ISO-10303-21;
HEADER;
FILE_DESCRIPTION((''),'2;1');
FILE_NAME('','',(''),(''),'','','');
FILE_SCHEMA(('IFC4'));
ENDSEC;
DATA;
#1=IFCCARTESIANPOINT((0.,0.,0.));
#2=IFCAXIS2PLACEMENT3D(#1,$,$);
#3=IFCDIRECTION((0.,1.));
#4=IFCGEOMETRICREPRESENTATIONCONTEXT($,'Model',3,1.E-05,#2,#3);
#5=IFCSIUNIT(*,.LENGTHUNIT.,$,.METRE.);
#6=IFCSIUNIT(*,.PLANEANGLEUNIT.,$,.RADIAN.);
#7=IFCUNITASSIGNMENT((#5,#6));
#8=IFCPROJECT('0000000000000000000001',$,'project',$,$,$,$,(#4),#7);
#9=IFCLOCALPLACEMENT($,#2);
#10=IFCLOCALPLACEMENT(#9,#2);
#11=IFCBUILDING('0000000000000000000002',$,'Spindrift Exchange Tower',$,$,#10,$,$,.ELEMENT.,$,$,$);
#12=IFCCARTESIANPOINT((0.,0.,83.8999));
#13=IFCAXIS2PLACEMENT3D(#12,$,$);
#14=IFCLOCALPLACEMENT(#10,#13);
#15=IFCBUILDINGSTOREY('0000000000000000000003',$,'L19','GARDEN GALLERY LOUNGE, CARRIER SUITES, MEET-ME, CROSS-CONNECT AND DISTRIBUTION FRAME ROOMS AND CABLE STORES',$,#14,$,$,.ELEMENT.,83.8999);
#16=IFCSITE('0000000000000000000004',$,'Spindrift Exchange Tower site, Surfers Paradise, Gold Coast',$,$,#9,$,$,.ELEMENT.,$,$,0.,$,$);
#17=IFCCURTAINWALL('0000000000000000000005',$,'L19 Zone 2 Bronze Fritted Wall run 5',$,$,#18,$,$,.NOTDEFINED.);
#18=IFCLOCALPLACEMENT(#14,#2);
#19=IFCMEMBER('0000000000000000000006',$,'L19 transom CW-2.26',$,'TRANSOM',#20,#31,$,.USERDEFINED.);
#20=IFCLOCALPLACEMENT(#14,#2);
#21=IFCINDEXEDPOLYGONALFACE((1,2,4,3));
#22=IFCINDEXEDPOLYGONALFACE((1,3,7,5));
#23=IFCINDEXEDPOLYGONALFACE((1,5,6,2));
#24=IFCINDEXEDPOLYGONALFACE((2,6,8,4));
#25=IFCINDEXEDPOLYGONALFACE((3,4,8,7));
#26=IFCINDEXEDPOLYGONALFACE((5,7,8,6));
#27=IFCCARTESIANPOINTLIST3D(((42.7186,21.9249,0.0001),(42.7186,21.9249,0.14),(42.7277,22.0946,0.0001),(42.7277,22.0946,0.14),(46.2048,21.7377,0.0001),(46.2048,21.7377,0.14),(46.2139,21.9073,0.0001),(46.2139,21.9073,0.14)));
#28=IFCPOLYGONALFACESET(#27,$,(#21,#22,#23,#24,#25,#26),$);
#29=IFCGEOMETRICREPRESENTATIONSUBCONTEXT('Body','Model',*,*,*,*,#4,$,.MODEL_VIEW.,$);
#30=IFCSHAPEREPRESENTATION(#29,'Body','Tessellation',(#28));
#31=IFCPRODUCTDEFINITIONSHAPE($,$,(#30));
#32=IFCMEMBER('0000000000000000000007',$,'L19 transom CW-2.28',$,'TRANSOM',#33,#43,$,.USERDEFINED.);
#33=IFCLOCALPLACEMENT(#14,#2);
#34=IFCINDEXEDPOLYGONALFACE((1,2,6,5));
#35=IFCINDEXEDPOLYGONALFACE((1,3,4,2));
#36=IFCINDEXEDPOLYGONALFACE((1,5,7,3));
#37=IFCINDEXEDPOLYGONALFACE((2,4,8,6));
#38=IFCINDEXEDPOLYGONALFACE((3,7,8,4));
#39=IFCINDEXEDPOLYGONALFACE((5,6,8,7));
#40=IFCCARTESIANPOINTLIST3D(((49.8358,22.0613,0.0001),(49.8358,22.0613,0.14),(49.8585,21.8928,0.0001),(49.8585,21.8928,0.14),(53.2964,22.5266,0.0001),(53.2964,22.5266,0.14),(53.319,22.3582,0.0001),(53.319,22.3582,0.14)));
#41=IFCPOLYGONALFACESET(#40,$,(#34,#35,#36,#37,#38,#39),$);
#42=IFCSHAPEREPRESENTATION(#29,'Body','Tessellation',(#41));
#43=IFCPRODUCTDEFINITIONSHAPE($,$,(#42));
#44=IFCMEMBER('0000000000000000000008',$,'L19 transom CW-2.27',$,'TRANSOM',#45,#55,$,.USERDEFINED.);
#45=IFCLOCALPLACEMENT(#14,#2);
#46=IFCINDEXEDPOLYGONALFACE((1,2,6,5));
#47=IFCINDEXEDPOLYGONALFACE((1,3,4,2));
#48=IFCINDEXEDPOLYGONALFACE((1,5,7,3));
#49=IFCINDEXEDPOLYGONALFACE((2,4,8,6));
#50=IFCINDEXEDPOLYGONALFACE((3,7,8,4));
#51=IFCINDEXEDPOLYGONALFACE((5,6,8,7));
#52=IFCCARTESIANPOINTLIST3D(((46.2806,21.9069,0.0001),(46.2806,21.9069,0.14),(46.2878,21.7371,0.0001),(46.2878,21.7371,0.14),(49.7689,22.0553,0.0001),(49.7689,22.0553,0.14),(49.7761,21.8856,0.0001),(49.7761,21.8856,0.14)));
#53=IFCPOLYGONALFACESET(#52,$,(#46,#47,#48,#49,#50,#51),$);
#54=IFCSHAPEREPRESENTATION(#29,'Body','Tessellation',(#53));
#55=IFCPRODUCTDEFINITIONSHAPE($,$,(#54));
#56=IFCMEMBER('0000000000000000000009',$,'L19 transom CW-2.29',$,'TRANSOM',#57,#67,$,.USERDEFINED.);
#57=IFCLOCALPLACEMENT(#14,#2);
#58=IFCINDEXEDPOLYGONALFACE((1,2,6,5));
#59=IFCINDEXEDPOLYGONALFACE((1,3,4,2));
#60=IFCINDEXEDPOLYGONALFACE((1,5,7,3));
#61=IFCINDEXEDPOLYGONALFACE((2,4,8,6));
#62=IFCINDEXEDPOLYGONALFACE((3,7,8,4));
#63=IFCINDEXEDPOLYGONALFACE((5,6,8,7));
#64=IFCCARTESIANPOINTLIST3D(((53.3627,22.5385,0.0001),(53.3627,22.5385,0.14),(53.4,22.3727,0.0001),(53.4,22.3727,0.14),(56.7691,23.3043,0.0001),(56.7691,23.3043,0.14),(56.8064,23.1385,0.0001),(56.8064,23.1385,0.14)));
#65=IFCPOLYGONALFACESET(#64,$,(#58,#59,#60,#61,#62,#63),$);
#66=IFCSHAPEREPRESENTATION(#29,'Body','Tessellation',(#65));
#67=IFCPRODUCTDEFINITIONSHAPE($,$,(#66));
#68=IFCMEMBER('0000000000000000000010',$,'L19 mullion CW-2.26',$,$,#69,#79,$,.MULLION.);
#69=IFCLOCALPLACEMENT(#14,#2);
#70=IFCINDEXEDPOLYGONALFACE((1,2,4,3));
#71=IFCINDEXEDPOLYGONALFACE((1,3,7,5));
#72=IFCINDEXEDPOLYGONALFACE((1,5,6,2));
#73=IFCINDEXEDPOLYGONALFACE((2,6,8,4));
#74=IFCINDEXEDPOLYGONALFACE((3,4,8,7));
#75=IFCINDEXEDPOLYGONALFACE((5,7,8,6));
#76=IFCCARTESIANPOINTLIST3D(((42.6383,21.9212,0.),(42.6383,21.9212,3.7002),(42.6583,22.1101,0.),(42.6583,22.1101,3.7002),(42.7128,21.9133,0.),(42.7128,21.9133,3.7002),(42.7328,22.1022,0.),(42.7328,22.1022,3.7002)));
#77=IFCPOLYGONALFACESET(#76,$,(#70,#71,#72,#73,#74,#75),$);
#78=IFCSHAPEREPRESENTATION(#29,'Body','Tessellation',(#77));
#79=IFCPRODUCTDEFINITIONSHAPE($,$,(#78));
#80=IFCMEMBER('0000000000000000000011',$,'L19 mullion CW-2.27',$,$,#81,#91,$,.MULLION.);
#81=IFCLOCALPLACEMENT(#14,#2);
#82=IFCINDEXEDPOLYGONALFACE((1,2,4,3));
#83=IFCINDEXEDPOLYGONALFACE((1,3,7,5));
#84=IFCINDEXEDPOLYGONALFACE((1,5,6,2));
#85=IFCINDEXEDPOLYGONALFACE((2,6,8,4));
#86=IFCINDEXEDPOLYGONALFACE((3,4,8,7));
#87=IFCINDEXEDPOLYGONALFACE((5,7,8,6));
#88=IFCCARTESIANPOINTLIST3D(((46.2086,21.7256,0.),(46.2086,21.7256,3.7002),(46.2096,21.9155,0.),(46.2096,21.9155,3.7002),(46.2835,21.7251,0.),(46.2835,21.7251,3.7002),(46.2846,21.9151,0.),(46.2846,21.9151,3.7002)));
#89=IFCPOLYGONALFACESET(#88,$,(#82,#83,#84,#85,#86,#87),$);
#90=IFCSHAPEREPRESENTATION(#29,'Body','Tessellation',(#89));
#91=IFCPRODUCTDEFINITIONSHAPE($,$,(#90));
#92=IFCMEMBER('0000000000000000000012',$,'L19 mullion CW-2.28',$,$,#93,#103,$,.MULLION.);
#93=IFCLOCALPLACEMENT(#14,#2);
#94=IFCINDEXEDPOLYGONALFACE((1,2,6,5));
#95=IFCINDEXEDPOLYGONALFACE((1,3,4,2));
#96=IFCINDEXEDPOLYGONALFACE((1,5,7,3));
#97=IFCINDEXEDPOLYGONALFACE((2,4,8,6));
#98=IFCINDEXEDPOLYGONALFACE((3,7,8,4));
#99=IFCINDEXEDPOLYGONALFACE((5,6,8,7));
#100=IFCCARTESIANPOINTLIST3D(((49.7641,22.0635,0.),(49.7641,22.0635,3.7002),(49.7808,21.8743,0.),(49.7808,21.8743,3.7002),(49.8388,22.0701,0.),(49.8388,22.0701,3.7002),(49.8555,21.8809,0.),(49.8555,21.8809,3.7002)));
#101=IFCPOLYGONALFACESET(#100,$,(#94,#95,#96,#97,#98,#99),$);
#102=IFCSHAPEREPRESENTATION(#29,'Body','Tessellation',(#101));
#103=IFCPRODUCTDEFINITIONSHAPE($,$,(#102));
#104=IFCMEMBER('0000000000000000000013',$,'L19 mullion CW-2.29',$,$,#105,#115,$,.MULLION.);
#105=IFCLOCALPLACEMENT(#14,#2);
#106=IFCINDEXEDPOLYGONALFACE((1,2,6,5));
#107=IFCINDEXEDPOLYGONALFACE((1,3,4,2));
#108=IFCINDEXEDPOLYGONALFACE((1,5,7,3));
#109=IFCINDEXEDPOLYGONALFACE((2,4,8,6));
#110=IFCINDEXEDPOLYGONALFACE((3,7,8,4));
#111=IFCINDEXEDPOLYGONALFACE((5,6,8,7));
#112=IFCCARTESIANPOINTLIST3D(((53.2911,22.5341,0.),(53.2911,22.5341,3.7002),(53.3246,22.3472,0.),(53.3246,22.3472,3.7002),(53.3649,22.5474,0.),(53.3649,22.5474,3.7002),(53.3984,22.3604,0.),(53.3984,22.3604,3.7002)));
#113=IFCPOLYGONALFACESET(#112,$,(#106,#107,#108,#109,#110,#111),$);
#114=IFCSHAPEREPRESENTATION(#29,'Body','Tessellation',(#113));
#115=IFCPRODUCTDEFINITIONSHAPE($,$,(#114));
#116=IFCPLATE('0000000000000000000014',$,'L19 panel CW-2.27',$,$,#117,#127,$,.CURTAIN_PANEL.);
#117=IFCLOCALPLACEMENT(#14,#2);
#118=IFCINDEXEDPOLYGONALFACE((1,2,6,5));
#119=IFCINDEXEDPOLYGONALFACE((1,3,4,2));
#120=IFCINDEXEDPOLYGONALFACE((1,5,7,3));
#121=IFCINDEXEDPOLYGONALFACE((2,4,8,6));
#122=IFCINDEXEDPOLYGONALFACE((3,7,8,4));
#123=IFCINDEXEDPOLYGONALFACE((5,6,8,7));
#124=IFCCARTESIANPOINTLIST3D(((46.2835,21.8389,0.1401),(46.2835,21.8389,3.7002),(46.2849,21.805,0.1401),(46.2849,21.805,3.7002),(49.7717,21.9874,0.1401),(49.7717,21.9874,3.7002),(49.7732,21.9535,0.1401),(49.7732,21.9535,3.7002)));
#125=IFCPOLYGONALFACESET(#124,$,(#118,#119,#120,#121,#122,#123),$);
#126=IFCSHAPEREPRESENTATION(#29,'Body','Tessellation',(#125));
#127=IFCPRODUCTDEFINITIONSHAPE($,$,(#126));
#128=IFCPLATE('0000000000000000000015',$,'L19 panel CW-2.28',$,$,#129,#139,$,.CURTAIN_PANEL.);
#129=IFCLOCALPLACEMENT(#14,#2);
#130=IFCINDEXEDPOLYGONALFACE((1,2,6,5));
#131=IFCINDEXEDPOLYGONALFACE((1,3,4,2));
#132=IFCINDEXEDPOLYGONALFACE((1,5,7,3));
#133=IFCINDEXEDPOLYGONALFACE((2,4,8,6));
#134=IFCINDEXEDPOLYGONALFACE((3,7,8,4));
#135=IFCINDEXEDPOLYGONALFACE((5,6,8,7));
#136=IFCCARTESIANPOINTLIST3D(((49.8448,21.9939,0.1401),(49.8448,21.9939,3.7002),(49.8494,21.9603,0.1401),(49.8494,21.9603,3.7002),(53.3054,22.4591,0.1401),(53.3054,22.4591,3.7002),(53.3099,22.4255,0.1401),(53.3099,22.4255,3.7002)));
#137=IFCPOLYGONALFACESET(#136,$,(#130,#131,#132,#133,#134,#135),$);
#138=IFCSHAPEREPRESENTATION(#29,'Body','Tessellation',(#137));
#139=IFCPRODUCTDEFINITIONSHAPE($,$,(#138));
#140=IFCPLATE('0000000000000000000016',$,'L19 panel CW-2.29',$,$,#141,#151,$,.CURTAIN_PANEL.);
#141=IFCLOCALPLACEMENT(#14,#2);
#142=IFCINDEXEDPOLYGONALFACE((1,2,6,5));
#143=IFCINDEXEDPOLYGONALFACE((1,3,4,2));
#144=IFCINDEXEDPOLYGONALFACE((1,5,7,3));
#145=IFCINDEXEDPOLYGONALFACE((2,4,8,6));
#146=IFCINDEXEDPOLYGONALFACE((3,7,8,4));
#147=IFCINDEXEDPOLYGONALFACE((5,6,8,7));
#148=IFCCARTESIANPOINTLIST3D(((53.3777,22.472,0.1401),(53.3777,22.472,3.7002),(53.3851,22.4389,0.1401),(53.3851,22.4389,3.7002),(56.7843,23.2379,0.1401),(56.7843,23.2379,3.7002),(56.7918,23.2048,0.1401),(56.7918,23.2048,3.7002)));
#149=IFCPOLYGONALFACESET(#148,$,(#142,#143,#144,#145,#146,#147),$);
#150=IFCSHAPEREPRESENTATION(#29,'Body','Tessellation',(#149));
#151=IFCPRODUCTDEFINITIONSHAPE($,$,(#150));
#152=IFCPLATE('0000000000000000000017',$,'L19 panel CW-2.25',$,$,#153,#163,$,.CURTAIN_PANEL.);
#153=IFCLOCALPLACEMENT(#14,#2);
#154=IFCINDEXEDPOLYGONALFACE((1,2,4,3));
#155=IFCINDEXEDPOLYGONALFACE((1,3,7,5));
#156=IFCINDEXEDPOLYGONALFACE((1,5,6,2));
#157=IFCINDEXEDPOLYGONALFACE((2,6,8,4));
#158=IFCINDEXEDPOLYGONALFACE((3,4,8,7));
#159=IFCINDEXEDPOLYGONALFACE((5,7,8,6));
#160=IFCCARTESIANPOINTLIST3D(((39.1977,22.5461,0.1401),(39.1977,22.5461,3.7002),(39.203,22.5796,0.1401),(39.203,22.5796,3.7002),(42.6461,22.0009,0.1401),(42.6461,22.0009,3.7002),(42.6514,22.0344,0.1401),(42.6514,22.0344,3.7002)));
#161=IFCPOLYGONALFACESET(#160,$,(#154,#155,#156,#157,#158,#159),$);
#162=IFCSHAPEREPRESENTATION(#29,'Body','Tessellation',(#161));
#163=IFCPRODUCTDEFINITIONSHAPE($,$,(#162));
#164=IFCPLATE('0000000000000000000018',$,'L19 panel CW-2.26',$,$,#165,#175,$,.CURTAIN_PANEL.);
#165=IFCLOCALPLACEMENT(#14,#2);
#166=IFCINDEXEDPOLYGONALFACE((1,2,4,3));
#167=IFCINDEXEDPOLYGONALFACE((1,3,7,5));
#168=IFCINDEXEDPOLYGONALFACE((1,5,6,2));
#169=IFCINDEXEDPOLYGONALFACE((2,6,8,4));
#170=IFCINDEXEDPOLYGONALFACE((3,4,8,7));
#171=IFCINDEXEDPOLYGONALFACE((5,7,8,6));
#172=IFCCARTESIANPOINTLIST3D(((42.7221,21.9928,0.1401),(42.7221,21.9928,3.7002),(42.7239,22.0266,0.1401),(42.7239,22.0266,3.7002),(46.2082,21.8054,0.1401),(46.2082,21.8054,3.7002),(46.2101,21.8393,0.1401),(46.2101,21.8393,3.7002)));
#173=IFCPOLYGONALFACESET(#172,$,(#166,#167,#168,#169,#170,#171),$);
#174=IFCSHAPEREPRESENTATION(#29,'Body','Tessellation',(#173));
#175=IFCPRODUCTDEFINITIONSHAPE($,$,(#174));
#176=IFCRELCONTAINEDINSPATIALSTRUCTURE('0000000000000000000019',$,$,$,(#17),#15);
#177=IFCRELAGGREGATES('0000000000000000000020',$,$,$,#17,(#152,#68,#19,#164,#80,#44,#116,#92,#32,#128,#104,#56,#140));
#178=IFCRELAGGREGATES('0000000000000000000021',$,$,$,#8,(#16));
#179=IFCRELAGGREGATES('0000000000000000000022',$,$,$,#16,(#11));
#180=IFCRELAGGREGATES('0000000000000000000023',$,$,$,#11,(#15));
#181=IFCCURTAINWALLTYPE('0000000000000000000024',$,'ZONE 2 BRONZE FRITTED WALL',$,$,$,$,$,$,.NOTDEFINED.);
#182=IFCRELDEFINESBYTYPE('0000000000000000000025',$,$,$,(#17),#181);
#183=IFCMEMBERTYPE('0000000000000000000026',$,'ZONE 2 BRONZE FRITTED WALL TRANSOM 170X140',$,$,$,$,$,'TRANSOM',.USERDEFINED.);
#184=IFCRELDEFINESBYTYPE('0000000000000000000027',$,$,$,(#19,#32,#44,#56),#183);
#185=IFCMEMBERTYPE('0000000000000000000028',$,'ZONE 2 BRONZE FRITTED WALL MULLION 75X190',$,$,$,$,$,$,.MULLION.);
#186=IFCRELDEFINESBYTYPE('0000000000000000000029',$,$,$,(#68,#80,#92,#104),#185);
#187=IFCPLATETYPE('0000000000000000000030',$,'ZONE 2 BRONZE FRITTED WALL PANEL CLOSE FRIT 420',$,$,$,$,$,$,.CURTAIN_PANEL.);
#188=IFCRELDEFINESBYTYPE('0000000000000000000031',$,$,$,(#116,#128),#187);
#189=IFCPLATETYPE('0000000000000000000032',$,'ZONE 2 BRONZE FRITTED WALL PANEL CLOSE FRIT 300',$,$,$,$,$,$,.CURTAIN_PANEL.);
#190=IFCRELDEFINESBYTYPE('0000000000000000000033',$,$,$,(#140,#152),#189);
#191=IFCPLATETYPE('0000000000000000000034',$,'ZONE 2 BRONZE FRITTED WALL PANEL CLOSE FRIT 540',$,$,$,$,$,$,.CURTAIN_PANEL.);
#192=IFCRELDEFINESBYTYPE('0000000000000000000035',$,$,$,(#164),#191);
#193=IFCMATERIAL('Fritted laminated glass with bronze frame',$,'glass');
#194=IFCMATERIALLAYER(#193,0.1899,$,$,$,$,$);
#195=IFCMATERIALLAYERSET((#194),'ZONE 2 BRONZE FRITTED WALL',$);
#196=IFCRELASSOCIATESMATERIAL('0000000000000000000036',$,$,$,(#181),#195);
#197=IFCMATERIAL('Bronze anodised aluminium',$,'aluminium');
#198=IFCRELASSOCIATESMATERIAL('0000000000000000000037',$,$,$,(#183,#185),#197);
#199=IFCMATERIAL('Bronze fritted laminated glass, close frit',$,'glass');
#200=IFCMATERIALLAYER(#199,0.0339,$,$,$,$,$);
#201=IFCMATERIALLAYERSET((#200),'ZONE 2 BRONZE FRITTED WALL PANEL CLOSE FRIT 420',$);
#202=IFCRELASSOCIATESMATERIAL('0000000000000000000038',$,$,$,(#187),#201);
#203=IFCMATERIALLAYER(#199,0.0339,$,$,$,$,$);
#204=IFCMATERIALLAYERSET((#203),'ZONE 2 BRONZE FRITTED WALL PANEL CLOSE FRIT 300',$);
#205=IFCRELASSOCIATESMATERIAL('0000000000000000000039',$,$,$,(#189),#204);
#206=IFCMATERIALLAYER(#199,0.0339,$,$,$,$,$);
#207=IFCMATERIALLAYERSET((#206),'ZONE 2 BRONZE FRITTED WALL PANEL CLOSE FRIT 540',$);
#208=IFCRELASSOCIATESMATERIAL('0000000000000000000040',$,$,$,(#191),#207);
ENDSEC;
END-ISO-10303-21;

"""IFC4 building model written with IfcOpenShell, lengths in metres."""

from ifc_helpers import new_model, si_unit, direction, frame, origin, origin_2d, place, context, subcontext, project, spatial, rectangle, extrude, source, transform, mapped, material, layer, layer_set, material_profile, profile_set, type_object, element, aggregate, save


model = new_model("IFC4")

# Units and contexts
model_context = context("Model", 3, precision=1e-05, world=origin(), true_north=direction((0.0, 1.0)))
body_context = subcontext(model_context, "Body", "Model", "MODEL_VIEW")
ifc_project = project(units=[si_unit("LENGTHUNIT", "METRE"), si_unit("PLANEANGLEUNIT", "RADIAN")], contexts=[model_context])

# Site, building, storey
site_placement = place(None, origin())
site = spatial("IfcSite", under=ifc_project, at=site_placement, Name="Spindrift Exchange Tower site, Surfers Paradise, Gold Coast", CompositionType="ELEMENT", RefElevation=0.0)
building_placement = place(site_placement, origin())
building = spatial("IfcBuilding", under=site, at=building_placement, Name="Spindrift Exchange Tower", CompositionType="ELEMENT")
storey_placement = place(building_placement, frame((0.0, 0.0, 83.8999)))
storey = spatial("IfcBuildingStorey", under=building, at=storey_placement, Name="L19", Description="GARDEN GALLERY LOUNGE, CARRIER SUITES, MEET-ME, CROSS-CONNECT AND DISTRIBUTION FRAME ROOMS AND CABLE STORES", CompositionType="ELEMENT", Elevation=83.8999)

# Curtain wall, members, plates
ifc_material_1 = material(Name="Fritted laminated glass with bronze frame", Category="glass")
ifc_layer_1 = layer(ifc_material_1, 0.1899)
ifc_layer_set_1 = layer_set([ifc_layer_1], Name="ZONE 2 BRONZE FRITTED WALL")
curtain_wall_type = type_object("IfcCurtainWallType", Name="ZONE 2 BRONZE FRITTED WALL", PredefinedType="NOTDEFINED", material=ifc_layer_set_1)
curtain_wall_placement = place(storey_placement, origin())
curtain_wall = element("IfcCurtainWall", 1, at=curtain_wall_placement, inside=storey, type_object=curtain_wall_type, Name="L19 Zone 2 Bronze Fritted Wall run 5", PredefinedType="NOTDEFINED")
ifc_material_2 = material(Name="Bronze anodised aluminium", Category="aluminium")
ifc_material_profile_1 = material_profile(ifc_material_2, rectangle(XDim=0.1699, YDim=0.1399, at=origin_2d()), Name="ZONE 2 BRONZE FRITTED WALL TRANSOM 170X140")
ifc_profile_set_1 = profile_set([ifc_material_profile_1], Name="Bronze anodised aluminium")
member_type_1 = type_object("IfcMemberType", Name="ZONE 2 BRONZE FRITTED WALL TRANSOM 170X140", ElementType="TRANSOM", PredefinedType="USERDEFINED", material=ifc_profile_set_1)
shared_shape_1 = source(origin(), body_context, "Body", "SweptSolid", [
    extrude(rectangle(XDim=0.1699, YDim=0.1399, at=origin_2d()), origin(), (0.0, 0.0, 1.0), 3.4912),
])
member_1_placement = place(storey_placement, frame((42.7231, 22.0098, 0.0701), z_axis=(0.99856, -0.053638, 0.0), x_axis=(0.053638, 0.99856, 0.0)))
member_1 = element("IfcMember", 2, at=member_1_placement, type_object=member_type_1, Name="L19 transom CW-2.26", ObjectType="TRANSOM", PredefinedType="USERDEFINED", context=body_context, shape_type="MappedRepresentation", body=[
    mapped(shared_shape_1, transform((0.0, 0.0, 0.0), scale=1.0)),
])
shared_shape_2 = source(origin(), body_context, "Body", "SweptSolid", [
    extrude(rectangle(XDim=0.1699, YDim=0.1399, at=origin_2d()), origin(), (0.0, 0.0, 1.0), 3.4917),
])
member_2_placement = place(storey_placement, frame((49.8472, 21.9771, 0.0701), z_axis=(0.991079, 0.133272, 0.0), x_axis=(-0.133272, 0.991079, 0.0)))
member_2 = element("IfcMember", 3, at=member_2_placement, type_object=member_type_1, Name="L19 transom CW-2.28", ObjectType="TRANSOM", PredefinedType="USERDEFINED", context=body_context, shape_type="MappedRepresentation", body=[
    mapped(shared_shape_2, transform((0.0, 0.0, 0.0), scale=1.0)),
])
shared_shape_3 = source(origin(), body_context, "Body", "SweptSolid", [
    extrude(rectangle(XDim=0.1699, YDim=0.1399, at=origin_2d()), origin(), (0.0, 0.0, 1.0), 3.4915),
])
member_3_placement = place(storey_placement, frame((46.2842, 21.822, 0.0701), z_axis=(0.999096, 0.042515, 0.0), x_axis=(-0.042515, 0.999096, 0.0)))
member_3 = element("IfcMember", 4, at=member_3_placement, type_object=member_type_1, Name="L19 transom CW-2.27", ObjectType="TRANSOM", PredefinedType="USERDEFINED", context=body_context, shape_type="MappedRepresentation", body=[
    mapped(shared_shape_3, transform((0.0, 0.0, 0.0), scale=1.0)),
])
member_4_placement = place(storey_placement, frame((53.3813, 22.4556, 0.0701), z_axis=(0.975646, 0.219351, 0.0), x_axis=(-0.219351, 0.975646, 0.0)))
member_4 = element("IfcMember", 5, at=member_4_placement, type_object=member_type_1, Name="L19 transom CW-2.29", ObjectType="TRANSOM", PredefinedType="USERDEFINED", context=body_context, shape_type="MappedRepresentation", body=[
    mapped(shared_shape_3, transform((0.0, 0.0, 0.0), scale=1.0)),
])
ifc_material_profile_2 = material_profile(ifc_material_2, rectangle(XDim=0.075, YDim=0.1899, at=origin_2d()), Name="ZONE 2 BRONZE FRITTED WALL MULLION 75X190")
ifc_profile_set_2 = profile_set([ifc_material_profile_2], Name="Bronze anodised aluminium")
member_type_2 = type_object("IfcMemberType", Name="ZONE 2 BRONZE FRITTED WALL MULLION 75X190", PredefinedType="MULLION", material=ifc_profile_set_2)
shared_shape_4 = source(origin(), body_context, "Body", "SweptSolid", [
    extrude(rectangle(XDim=0.075, YDim=0.1899, at=origin_2d()), origin(), (0.0, 0.0, 1.0), 3.7002),
])
member_5_placement = place(storey_placement, frame((42.6855, 22.0117, 0.0), z_axis=(0.0, 0.0, 1.0), x_axis=(0.994466, -0.105058, 0.0)))
member_5 = element("IfcMember", 6, at=member_5_placement, type_object=member_type_2, Name="L19 mullion CW-2.26", PredefinedType="MULLION", context=body_context, shape_type="MappedRepresentation", body=[
    mapped(shared_shape_4, transform((0.0, 0.0, 0.0), scale=1.0)),
])
member_6_placement = place(storey_placement, frame((46.2466, 21.8203, 0.0), z_axis=(0.0, 0.0, 1.0), x_axis=(0.999984, -0.005574, 0.0)))
member_6 = element("IfcMember", 7, at=member_6_placement, type_object=member_type_2, Name="L19 mullion CW-2.27", PredefinedType="MULLION", context=body_context, shape_type="MappedRepresentation", body=[
    mapped(shared_shape_4, transform((0.0, 0.0, 0.0), scale=1.0)),
])
member_7_placement = place(storey_placement, frame((49.8098, 21.9722, 0.0), z_axis=(0.0, 0.0, 1.0), x_axis=(0.996122, 0.087977, 0.0)))
member_7 = element("IfcMember", 8, at=member_7_placement, type_object=member_type_2, Name="L19 mullion CW-2.28", PredefinedType="MULLION", context=body_context, shape_type="MappedRepresentation", body=[
    mapped(shared_shape_4, transform((0.0, 0.0, 0.0), scale=1.0)),
])
member_8_placement = place(storey_placement, frame((53.3447, 22.4473, 0.0), z_axis=(0.0, 0.0, 1.0), x_axis=(0.984309, 0.176456, 0.0)))
member_8 = element("IfcMember", 9, at=member_8_placement, type_object=member_type_2, Name="L19 mullion CW-2.29", PredefinedType="MULLION", context=body_context, shape_type="MappedRepresentation", body=[
    mapped(shared_shape_4, transform((0.0, 0.0, 0.0), scale=1.0)),
])
ifc_material_3 = material(Name="Bronze fritted laminated glass, close frit", Category="glass")
ifc_layer_2 = layer(ifc_material_3, 0.0339)
ifc_layer_set_2 = layer_set([ifc_layer_2], Name="ZONE 2 BRONZE FRITTED WALL PANEL CLOSE FRIT 420")
plate_type_1 = type_object("IfcPlateType", Name="ZONE 2 BRONZE FRITTED WALL PANEL CLOSE FRIT 420", PredefinedType="CURTAIN_PANEL", material=ifc_layer_set_2)
shared_shape_5 = source(origin(), body_context, "Body", "SweptSolid", [
    extrude(rectangle(XDim=3.4915, YDim=0.0339, at=origin_2d()), origin(), (0.0, 0.0, 1.0), 3.5601),
])
plate_1_placement = place(storey_placement, frame((48.0283, 21.8962, 0.1401), z_axis=(0.0, 0.0, 1.0), x_axis=(0.999095, 0.042535, 0.0)))
plate_1 = element("IfcPlate", 10, at=plate_1_placement, type_object=plate_type_1, Name="L19 panel CW-2.27", PredefinedType="CURTAIN_PANEL", context=body_context, shape_type="MappedRepresentation", body=[
    mapped(shared_shape_5, transform((0.0, 0.0, 0.0), scale=1.0)),
])
shared_shape_6 = source(origin(), body_context, "Body", "SweptSolid", [
    extrude(rectangle(XDim=3.4917, YDim=0.0339, at=origin_2d()), origin(), (0.0, 0.0, 1.0), 3.5601),
])
plate_2_placement = place(storey_placement, frame((51.5774, 22.2097, 0.1401), z_axis=(0.0, 0.0, 1.0), x_axis=(0.991084, 0.133236, 0.0)))
plate_2 = element("IfcPlate", 11, at=plate_2_placement, type_object=plate_type_1, Name="L19 panel CW-2.28", PredefinedType="CURTAIN_PANEL", context=body_context, shape_type="MappedRepresentation", body=[
    mapped(shared_shape_6, transform((0.0, 0.0, 0.0), scale=1.0)),
])
ifc_layer_3 = layer(ifc_material_3, 0.0339)
ifc_layer_set_3 = layer_set([ifc_layer_3], Name="ZONE 2 BRONZE FRITTED WALL PANEL CLOSE FRIT 300")
plate_type_2 = type_object("IfcPlateType", Name="ZONE 2 BRONZE FRITTED WALL PANEL CLOSE FRIT 300", PredefinedType="CURTAIN_PANEL", material=ifc_layer_set_3)
shared_shape_7 = source(origin(), body_context, "Body", "SweptSolid", [
    extrude(rectangle(XDim=3.4917, YDim=0.0339, at=origin_2d()), origin(), (0.0, 0.0, 1.0), 3.5601),
])
plate_3_placement = place(storey_placement, frame((55.0847, 22.8384, 0.1401), z_axis=(0.0, 0.0, 1.0), x_axis=(0.975649, 0.219337, 0.0)))
plate_3 = element("IfcPlate", 12, at=plate_3_placement, type_object=plate_type_2, Name="L19 panel CW-2.29", PredefinedType="CURTAIN_PANEL", context=body_context, shape_type="MappedRepresentation", body=[
    mapped(shared_shape_7, transform((0.0, 0.0, 0.0), scale=1.0)),
])
shared_shape_8 = source(origin(), body_context, "Body", "SweptSolid", [
    extrude(rectangle(XDim=3.4912, YDim=0.0339, at=origin_2d()), origin(), (0.0, 0.0, 1.0), 3.5601),
])
plate_4_placement = place(storey_placement, frame((40.9246, 22.2903, 0.1401), z_axis=(0.0, 0.0, 1.0), x_axis=(0.987731, -0.156167, 0.0)))
plate_4 = element("IfcPlate", 13, at=plate_4_placement, type_object=plate_type_2, Name="L19 panel CW-2.25", PredefinedType="CURTAIN_PANEL", context=body_context, shape_type="MappedRepresentation", body=[
    mapped(shared_shape_8, transform((0.0, 0.0, 0.0), scale=1.0)),
])
ifc_layer_4 = layer(ifc_material_3, 0.0339)
ifc_layer_set_4 = layer_set([ifc_layer_4], Name="ZONE 2 BRONZE FRITTED WALL PANEL CLOSE FRIT 540")
plate_type_3 = type_object("IfcPlateType", Name="ZONE 2 BRONZE FRITTED WALL PANEL CLOSE FRIT 540", PredefinedType="CURTAIN_PANEL", material=ifc_layer_set_4)
shared_shape_9 = source(origin(), body_context, "Body", "SweptSolid", [
    extrude(rectangle(XDim=3.4912, YDim=0.0339, at=origin_2d()), origin(), (0.0, 0.0, 1.0), 3.5601),
])
plate_5_placement = place(storey_placement, frame((44.4661, 21.916, 0.1401), z_axis=(0.0, 0.0, 1.0), x_axis=(0.998559, -0.053669, 0.0)))
plate_5 = element("IfcPlate", 14, at=plate_5_placement, type_object=plate_type_3, Name="L19 panel CW-2.26", PredefinedType="CURTAIN_PANEL", context=body_context, shape_type="MappedRepresentation", body=[
    mapped(shared_shape_9, transform((0.0, 0.0, 0.0), scale=1.0)),
])
aggregate(curtain_wall, [plate_4, member_5, member_1, plate_5, member_6, member_3, plate_1, member_7, member_2, plate_2, member_8, member_4, plate_3])

save(model, "model.ifc")
